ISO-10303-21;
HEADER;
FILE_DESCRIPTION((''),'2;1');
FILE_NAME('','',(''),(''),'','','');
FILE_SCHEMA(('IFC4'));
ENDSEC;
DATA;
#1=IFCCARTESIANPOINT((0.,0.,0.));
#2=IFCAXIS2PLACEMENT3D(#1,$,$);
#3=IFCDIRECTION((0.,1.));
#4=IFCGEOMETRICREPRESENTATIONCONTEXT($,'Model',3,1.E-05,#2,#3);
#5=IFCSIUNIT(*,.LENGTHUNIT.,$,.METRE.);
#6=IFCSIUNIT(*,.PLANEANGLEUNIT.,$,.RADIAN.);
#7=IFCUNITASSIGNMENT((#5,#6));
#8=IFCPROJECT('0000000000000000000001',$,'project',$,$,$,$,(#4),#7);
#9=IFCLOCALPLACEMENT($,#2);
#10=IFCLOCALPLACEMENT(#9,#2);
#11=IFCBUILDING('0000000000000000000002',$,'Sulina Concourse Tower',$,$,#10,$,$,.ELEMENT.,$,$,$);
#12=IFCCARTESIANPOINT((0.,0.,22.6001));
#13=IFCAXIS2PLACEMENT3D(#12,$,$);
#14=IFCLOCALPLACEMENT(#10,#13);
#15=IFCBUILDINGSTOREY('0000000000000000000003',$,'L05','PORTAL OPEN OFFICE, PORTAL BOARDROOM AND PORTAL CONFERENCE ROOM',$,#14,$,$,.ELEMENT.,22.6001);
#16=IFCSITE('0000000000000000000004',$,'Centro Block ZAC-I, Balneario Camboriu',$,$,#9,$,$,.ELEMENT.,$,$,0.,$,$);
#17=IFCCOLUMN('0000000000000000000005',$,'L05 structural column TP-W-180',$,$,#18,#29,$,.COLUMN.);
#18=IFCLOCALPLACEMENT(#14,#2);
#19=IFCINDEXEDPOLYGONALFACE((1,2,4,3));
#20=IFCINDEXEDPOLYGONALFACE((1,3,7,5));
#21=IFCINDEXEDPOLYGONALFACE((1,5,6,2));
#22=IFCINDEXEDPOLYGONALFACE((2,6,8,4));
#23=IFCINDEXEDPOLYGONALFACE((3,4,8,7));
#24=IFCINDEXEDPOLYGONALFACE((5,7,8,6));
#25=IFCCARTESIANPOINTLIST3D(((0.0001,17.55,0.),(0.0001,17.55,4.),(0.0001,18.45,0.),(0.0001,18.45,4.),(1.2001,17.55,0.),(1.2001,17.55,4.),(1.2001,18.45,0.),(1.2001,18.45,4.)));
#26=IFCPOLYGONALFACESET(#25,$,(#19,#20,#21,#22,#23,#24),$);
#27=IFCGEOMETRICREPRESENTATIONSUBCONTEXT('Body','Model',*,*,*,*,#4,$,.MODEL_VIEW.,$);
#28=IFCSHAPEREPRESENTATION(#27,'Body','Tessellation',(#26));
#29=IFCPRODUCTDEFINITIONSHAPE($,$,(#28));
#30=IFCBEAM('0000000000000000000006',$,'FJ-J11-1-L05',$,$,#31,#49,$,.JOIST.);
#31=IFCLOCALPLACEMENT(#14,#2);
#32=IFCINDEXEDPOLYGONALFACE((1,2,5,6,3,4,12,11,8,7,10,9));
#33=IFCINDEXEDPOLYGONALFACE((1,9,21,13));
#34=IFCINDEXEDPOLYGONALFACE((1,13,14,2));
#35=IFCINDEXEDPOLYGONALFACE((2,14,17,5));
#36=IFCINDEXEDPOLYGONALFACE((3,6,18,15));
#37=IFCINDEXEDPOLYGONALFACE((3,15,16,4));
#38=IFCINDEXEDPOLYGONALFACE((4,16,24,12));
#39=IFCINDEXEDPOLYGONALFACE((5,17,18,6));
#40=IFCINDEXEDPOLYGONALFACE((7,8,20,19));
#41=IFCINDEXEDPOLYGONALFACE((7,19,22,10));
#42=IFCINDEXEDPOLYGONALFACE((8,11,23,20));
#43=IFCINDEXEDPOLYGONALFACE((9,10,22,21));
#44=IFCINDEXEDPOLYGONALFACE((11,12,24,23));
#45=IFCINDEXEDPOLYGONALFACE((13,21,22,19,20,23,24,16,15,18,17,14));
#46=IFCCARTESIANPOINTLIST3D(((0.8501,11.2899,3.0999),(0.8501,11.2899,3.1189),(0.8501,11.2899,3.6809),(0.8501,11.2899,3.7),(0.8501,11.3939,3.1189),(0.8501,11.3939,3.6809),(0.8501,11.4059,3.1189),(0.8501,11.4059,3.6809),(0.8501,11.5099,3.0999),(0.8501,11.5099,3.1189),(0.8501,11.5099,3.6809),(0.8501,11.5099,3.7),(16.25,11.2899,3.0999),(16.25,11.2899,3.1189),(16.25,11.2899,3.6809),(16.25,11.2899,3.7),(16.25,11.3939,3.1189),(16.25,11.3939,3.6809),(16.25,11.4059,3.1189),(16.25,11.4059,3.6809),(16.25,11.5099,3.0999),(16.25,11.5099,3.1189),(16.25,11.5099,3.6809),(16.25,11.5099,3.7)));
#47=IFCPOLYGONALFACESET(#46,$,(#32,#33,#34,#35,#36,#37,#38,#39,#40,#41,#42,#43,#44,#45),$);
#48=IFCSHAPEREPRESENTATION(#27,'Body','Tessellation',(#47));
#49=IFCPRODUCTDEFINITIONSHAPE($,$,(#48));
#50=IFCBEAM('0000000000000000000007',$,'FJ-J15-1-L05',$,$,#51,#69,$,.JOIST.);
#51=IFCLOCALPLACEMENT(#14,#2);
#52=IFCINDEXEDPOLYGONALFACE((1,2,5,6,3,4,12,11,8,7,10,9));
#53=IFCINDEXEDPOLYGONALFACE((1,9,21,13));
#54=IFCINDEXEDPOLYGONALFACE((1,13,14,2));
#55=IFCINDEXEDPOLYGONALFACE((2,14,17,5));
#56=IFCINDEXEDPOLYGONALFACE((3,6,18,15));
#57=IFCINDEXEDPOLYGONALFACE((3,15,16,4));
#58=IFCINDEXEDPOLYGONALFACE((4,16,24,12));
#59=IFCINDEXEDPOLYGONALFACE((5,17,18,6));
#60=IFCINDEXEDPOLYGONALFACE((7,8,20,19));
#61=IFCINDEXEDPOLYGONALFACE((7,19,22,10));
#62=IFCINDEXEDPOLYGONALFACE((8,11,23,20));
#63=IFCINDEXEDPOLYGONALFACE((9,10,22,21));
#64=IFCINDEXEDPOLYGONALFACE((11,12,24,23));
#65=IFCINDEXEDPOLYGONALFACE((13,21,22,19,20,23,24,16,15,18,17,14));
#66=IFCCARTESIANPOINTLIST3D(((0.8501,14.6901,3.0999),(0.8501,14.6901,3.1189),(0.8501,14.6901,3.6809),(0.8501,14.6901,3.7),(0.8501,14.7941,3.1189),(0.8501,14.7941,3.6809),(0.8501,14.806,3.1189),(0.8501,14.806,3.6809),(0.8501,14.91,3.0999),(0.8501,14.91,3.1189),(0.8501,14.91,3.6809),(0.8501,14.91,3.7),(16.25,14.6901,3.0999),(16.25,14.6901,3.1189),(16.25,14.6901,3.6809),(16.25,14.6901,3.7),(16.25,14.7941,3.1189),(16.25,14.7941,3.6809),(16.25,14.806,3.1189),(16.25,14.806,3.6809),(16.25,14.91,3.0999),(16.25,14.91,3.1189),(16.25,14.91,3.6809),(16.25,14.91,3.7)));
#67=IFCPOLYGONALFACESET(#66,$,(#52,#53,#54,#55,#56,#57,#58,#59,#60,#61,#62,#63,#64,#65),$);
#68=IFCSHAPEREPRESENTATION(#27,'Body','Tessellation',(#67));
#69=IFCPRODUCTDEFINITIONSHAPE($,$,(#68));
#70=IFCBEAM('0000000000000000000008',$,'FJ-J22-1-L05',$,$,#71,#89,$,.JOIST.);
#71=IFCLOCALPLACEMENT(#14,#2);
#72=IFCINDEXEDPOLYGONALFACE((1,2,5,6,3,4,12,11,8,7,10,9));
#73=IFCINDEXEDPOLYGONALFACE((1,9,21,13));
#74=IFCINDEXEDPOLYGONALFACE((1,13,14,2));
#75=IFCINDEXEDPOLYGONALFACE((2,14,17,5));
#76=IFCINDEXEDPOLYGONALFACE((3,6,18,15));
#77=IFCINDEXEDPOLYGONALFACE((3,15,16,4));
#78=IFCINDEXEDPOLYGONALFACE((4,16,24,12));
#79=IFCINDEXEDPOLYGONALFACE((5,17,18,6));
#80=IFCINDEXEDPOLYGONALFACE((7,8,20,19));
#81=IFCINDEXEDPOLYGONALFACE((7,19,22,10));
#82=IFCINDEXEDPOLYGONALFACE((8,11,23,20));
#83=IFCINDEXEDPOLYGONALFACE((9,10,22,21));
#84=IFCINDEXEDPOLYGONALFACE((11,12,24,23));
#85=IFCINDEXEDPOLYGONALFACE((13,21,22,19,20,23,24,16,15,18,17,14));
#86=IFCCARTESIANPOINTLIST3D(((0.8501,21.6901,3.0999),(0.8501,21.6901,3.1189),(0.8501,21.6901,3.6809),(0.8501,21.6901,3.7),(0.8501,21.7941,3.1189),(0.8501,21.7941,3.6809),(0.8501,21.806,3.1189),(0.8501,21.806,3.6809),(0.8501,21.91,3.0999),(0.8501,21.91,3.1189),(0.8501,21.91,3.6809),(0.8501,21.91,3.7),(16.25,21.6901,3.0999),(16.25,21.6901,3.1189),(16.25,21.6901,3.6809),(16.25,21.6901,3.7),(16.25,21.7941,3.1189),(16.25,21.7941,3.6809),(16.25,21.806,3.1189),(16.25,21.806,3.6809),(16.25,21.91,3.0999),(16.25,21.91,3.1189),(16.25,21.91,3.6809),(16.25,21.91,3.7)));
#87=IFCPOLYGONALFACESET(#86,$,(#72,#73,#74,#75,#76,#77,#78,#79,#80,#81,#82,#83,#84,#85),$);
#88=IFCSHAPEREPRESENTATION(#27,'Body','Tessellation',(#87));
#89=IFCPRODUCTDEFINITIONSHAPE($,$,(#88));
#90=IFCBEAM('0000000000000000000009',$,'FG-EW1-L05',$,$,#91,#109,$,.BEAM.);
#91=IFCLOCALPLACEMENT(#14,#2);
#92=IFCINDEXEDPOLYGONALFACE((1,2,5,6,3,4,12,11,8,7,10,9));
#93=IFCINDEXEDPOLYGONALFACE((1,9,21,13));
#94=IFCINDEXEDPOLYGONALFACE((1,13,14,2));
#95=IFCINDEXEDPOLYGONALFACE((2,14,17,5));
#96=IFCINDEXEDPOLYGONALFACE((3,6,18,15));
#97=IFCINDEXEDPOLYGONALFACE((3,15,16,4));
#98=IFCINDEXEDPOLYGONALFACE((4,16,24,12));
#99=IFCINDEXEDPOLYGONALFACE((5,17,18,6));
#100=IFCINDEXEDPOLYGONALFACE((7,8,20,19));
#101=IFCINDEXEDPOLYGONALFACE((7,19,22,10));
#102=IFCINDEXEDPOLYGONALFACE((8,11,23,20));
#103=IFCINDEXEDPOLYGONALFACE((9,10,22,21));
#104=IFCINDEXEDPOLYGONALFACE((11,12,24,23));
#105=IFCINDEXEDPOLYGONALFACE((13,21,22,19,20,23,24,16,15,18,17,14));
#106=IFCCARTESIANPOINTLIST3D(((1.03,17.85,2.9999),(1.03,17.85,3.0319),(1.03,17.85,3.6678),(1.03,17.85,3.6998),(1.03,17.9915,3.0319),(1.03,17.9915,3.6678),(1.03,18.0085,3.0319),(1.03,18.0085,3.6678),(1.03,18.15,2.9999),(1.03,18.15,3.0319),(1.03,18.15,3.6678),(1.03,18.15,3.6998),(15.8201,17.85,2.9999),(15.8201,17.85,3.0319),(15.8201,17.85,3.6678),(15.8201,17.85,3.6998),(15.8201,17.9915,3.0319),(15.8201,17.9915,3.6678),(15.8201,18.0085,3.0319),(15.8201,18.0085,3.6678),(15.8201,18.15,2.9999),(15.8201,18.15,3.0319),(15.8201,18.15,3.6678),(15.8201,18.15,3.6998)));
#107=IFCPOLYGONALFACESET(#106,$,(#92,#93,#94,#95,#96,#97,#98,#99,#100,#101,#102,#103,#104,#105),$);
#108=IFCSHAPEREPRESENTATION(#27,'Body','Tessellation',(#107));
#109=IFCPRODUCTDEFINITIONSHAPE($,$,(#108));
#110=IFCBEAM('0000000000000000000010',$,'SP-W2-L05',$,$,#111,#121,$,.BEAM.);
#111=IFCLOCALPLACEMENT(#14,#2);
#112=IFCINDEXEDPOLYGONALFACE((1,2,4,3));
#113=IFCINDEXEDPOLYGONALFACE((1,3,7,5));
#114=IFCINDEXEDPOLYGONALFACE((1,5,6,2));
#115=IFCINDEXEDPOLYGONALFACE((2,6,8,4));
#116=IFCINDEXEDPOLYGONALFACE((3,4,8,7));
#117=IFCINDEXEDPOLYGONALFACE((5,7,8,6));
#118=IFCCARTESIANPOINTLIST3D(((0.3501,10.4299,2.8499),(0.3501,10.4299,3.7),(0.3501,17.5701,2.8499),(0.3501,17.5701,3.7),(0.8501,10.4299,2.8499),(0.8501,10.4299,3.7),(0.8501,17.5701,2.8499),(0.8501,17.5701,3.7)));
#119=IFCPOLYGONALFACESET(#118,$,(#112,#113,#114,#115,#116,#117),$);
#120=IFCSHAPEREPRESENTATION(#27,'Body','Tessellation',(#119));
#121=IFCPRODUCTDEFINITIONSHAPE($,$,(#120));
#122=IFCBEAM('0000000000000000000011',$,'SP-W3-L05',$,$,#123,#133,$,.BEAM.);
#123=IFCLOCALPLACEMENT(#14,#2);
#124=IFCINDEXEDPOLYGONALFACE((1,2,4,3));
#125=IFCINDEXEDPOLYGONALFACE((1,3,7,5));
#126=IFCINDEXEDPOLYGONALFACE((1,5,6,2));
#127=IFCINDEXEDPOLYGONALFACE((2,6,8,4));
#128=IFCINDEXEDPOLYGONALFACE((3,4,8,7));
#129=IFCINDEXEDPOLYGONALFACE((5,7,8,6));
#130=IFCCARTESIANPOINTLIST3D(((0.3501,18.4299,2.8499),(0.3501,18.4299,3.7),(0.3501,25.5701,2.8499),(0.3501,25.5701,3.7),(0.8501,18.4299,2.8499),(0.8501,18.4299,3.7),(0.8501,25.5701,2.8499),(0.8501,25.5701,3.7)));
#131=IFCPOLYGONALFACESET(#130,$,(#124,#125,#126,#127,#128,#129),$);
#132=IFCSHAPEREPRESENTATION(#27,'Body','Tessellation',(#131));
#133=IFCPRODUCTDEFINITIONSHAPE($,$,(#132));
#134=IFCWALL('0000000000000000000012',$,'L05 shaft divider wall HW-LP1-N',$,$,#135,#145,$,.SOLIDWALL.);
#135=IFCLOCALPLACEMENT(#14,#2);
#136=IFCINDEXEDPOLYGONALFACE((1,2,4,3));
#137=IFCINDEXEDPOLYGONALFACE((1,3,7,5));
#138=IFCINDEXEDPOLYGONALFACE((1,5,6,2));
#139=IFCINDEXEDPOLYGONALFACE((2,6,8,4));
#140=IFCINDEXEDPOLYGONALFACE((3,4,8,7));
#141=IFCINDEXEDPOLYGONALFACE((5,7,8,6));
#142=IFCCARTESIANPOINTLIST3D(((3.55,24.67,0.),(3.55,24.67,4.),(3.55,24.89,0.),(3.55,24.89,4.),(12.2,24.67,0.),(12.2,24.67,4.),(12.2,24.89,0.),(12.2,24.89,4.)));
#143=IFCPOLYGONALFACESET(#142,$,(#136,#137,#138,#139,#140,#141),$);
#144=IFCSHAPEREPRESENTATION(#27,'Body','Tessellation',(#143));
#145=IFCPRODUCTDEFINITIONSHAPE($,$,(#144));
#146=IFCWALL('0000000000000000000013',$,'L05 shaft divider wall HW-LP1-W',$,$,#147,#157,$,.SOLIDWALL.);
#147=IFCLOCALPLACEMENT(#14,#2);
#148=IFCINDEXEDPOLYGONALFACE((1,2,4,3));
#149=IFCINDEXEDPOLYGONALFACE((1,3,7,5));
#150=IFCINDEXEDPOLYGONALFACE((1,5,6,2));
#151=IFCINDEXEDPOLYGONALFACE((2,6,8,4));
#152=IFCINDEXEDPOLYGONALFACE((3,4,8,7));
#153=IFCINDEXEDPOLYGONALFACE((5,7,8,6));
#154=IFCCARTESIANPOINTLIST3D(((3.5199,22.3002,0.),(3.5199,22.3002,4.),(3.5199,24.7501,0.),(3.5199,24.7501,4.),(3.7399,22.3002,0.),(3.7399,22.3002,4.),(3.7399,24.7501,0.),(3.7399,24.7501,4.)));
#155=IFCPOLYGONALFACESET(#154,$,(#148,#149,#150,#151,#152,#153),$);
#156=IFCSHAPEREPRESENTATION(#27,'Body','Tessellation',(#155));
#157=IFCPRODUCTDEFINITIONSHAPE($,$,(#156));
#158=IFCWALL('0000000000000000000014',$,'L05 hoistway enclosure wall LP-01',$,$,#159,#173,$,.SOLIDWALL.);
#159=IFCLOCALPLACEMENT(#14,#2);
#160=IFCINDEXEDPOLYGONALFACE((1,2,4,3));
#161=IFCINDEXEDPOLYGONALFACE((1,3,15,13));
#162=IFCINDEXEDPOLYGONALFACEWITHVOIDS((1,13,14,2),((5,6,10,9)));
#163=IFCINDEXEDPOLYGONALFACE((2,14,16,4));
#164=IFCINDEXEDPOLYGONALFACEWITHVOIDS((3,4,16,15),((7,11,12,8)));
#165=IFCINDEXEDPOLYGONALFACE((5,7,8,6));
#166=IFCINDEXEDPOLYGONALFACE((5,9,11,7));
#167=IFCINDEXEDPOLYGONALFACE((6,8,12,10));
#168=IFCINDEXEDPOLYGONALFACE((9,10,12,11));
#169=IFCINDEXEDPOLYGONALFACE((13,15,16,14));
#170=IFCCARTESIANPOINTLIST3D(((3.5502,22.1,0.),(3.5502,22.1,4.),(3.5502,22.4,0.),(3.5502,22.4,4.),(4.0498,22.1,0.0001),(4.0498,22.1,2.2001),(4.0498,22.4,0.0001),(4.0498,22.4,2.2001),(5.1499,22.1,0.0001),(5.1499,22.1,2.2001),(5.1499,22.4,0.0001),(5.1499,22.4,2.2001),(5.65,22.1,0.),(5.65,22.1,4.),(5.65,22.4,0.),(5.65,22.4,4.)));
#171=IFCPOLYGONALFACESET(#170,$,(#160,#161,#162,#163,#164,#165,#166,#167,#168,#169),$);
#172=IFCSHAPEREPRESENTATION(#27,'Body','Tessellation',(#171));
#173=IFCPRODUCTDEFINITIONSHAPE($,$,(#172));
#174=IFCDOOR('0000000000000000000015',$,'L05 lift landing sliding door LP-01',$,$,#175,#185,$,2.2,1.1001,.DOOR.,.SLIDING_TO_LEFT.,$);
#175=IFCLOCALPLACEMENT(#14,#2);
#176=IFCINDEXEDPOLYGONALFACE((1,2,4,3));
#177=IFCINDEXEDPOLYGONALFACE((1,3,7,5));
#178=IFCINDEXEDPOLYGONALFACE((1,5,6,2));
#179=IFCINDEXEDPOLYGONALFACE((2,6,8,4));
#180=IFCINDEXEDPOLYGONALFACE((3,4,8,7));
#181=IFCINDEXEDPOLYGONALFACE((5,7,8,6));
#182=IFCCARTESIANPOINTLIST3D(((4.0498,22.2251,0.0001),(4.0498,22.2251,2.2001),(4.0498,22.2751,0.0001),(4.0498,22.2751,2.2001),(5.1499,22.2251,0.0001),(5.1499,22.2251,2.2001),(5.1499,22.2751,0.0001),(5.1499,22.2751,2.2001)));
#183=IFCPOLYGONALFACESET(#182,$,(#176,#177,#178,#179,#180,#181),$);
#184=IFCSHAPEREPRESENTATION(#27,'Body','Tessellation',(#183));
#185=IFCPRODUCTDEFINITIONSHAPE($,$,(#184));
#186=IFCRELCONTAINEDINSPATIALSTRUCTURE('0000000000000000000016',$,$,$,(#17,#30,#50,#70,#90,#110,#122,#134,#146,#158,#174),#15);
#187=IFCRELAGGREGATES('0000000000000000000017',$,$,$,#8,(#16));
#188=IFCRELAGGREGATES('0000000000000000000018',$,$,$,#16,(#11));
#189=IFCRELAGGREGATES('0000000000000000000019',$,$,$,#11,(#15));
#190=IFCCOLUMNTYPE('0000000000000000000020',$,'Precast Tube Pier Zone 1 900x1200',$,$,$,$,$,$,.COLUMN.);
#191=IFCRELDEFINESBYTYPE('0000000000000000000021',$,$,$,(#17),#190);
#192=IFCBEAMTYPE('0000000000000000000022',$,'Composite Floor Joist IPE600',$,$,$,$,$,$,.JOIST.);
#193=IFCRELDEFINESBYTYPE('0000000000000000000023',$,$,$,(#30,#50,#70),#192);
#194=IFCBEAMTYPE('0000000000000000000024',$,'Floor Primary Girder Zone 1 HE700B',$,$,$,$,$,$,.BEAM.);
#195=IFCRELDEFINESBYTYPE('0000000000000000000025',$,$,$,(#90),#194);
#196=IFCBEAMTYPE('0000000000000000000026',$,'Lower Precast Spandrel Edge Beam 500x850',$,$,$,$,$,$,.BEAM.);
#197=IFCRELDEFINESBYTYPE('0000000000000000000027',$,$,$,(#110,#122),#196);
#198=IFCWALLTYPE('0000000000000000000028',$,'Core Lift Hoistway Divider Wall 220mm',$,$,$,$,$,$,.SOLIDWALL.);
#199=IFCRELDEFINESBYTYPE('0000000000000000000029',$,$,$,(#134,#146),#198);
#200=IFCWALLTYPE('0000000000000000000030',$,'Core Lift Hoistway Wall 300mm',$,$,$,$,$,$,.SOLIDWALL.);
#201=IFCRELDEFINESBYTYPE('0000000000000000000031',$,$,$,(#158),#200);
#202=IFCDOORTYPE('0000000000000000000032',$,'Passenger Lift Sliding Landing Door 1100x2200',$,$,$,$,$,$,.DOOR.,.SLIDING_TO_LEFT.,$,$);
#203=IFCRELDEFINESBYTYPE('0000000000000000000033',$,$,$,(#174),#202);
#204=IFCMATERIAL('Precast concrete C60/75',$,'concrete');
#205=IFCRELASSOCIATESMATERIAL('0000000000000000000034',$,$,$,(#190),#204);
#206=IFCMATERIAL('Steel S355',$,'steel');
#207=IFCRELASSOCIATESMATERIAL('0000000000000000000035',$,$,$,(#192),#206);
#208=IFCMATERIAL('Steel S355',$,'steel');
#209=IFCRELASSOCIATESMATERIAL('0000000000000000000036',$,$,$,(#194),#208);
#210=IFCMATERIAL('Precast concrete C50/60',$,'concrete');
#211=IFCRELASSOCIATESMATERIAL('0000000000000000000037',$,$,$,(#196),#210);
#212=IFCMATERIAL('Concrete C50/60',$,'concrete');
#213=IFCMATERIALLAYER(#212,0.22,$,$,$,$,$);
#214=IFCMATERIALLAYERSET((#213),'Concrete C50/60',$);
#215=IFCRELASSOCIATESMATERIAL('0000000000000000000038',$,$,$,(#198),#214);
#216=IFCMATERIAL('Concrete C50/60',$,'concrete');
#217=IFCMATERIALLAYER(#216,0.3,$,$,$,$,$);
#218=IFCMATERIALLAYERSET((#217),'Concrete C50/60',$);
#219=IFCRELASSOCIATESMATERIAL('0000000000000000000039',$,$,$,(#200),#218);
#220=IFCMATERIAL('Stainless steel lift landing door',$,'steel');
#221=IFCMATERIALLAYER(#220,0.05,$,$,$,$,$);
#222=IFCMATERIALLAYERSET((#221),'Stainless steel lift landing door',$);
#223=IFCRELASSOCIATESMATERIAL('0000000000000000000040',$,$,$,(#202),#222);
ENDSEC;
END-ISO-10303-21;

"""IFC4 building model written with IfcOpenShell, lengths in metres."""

from ifc_helpers import new_model, si_unit, direction, frame, frame_2d, origin, origin_2d, place, context, subcontext, project, spatial, rectangle, i_section, extrude, material, layer, layer_set, material_profile, profile_set, type_object, element, fill, save


model = new_model("IFC4")

# Units and contexts
model_context = context("Model", 3, precision=1e-05, world=origin(), true_north=direction((0.0, 1.0)))
body_context = subcontext(model_context, "Body", "Model", "MODEL_VIEW")
ifc_project = project(units=[si_unit("LENGTHUNIT", "METRE"), si_unit("PLANEANGLEUNIT", "RADIAN")], contexts=[model_context])

# Site, building, storey
site_placement = place(None, origin())
site = spatial("IfcSite", under=ifc_project, at=site_placement, Name="Centro Block ZAC-I, Balneario Camboriu", CompositionType="ELEMENT", RefElevation=0.0)
building_placement = place(site_placement, origin())
building = spatial("IfcBuilding", under=site, at=building_placement, Name="Sulina Concourse Tower", CompositionType="ELEMENT")
storey_placement = place(building_placement, frame((0.0, 0.0, 22.6001)))
storey = spatial("IfcBuildingStorey", under=building, at=storey_placement, Name="L05", Description="PORTAL OPEN OFFICE, PORTAL BOARDROOM AND PORTAL CONFERENCE ROOM", CompositionType="ELEMENT", Elevation=22.6001)

# Column
ifc_material_1 = material(Name="Precast concrete C60/75", Category="concrete")
ifc_material_profile_1 = material_profile(ifc_material_1, rectangle(XDim=0.8999, YDim=1.2, at=origin_2d()), Name="PC 900x1200")
ifc_profile_set_1 = profile_set([ifc_material_profile_1], Name="Precast concrete C60/75")
column_type = type_object("IfcColumnType", Name="Precast Tube Pier Zone 1 900x1200", PredefinedType="COLUMN", material=ifc_profile_set_1)
column_placement = place(storey_placement, frame((0.6001, 18.0, 0.0), z_axis=(0.0, 0.0, 1.0), x_axis=(0.0, 1.0, 0.0)))
element("IfcColumn", 1, at=column_placement, inside=storey, type_object=column_type, Name="L05 structural column TP-W-180", PredefinedType="COLUMN", context=body_context, shape_type="SweptSolid", body=[
    extrude(rectangle(XDim=0.8999, YDim=1.2, at=origin_2d()), origin(), (0.0, 0.0, 1.0), 4.0),
])

# Beams
ifc_material_2 = material(Name="Steel S355", Category="steel")
ifc_material_profile_2 = material_profile(ifc_material_2, i_section(OverallWidth=0.22, OverallDepth=0.6001, WebThickness=0.012, FlangeThickness=0.019, at=origin_2d()), Name="IPE 600")
ifc_profile_set_2 = profile_set([ifc_material_profile_2], Name="Steel S355")
beam_type_1 = type_object("IfcBeamType", Name="Composite Floor Joist IPE600", PredefinedType="JOIST", material=ifc_profile_set_2)
for number, where, z_axis, x_axis, name in (
    (2, (0.8501, 11.3999, 3.3999), (1.0, 0.0, 0.0), (0.0, 1.0, 0.0), "FJ-J11-1-L05"),
    (3, (0.8501, 14.8, 3.3999), (1.0, 0.0, 0.0), (0.0, 1.0, 0.0), "FJ-J15-1-L05"),
    (4, (0.8501, 21.8, 3.3999), (1.0, 0.0, 0.0), (0.0, 1.0, 0.0), "FJ-J22-1-L05"),
):
    element("IfcBeam", number, at=place(storey_placement, frame(where, z_axis=z_axis, x_axis=x_axis)), inside=storey, type_object=beam_type_1, Name=name, PredefinedType="JOIST", context=body_context, shape_type="SweptSolid", body=[
        extrude(i_section(OverallWidth=0.22, OverallDepth=0.6001, WebThickness=0.012, FlangeThickness=0.019, at=origin_2d()), origin(), (0.0, 0.0, 1.0), 15.3999),
    ])
ifc_material_3 = material(Name="Steel S355", Category="steel")
ifc_material_profile_3 = material_profile(ifc_material_3, i_section(OverallWidth=0.3, OverallDepth=0.7, WebThickness=0.0171, FlangeThickness=0.032, at=origin_2d()), Name="HE 700 B")
ifc_profile_set_3 = profile_set([ifc_material_profile_3], Name="Steel S355")
beam_type_2 = type_object("IfcBeamType", Name="Floor Primary Girder Zone 1 HE700B", PredefinedType="BEAM", material=ifc_profile_set_3)
beam_placement = place(storey_placement, frame((1.03, 18.0, 3.3499), z_axis=(1.0, 0.0, 0.0), x_axis=(0.0, 1.0, 0.0)))
element("IfcBeam", 5, at=beam_placement, inside=storey, type_object=beam_type_2, Name="FG-EW1-L05", PredefinedType="BEAM", context=body_context, shape_type="SweptSolid", body=[
    extrude(i_section(OverallWidth=0.3, OverallDepth=0.7, WebThickness=0.0171, FlangeThickness=0.032, at=origin_2d()), origin(), (0.0, 0.0, 1.0), 14.79),
])
ifc_material_4 = material(Name="Precast concrete C50/60", Category="concrete")
ifc_material_profile_4 = material_profile(ifc_material_4, rectangle(XDim=0.5, YDim=0.8501, at=origin_2d()), Name="RC 500x850")
ifc_profile_set_4 = profile_set([ifc_material_profile_4], Name="Precast concrete C50/60")
beam_type_3 = type_object("IfcBeamType", Name="Lower Precast Spandrel Edge Beam 500x850", PredefinedType="BEAM", material=ifc_profile_set_4)
for number, where, z_axis, x_axis, name in (
    (6, (0.6001, 10.4299, 3.2749), (0.0, 1.0, 0.0), (-1.0, 0.0, 0.0), "SP-W2-L05"),
    (7, (0.6001, 18.4299, 3.2749), (0.0, 1.0, 0.0), (-1.0, 0.0, 0.0), "SP-W3-L05"),
):
    element("IfcBeam", number, at=place(storey_placement, frame(where, z_axis=z_axis, x_axis=x_axis)), inside=storey, type_object=beam_type_3, Name=name, PredefinedType="BEAM", context=body_context, shape_type="SweptSolid", body=[
        extrude(rectangle(XDim=0.5, YDim=0.8501, at=origin_2d()), origin(), (0.0, 0.0, 1.0), 7.1401),
    ])

# Walls
ifc_material_5 = material(Name="Concrete C50/60", Category="concrete")
ifc_layer_1 = layer(ifc_material_5, 0.22)
ifc_layer_set_1 = layer_set([ifc_layer_1], Name="Concrete C50/60")
wall_type_1 = type_object("IfcWallType", Name="Core Lift Hoistway Divider Wall 220mm", PredefinedType="SOLIDWALL", material=ifc_layer_set_1)
wall_1_placement = place(storey_placement, frame((3.55, 24.78, 0.0), z_axis=(0.0, 0.0, 1.0), x_axis=(1.0, 0.0, 0.0)))
element("IfcWall", 8, at=wall_1_placement, inside=storey, type_object=wall_type_1, Name="L05 shaft divider wall HW-LP1-N", PredefinedType="SOLIDWALL", context=body_context, shape_type="SweptSolid", body=[
    extrude(rectangle(XDim=8.6499, YDim=0.22, at=frame_2d((4.325, 0.0))), origin(), (0.0, 0.0, 1.0), 4.0),
])
wall_2_placement = place(storey_placement, frame((3.6299, 22.3, 0.0), z_axis=(0.0, 0.0, 1.0), x_axis=(0.0, 1.0, 0.0)))
element("IfcWall", 9, at=wall_2_placement, inside=storey, type_object=wall_type_1, Name="L05 shaft divider wall HW-LP1-W", PredefinedType="SOLIDWALL", context=body_context, shape_type="SweptSolid", body=[
    extrude(rectangle(XDim=2.45, YDim=0.22, at=frame_2d((1.2251, 0.0))), origin(), (0.0, 0.0, 1.0), 4.0),
])

# Wall, opening, door
ifc_material_6 = material(Name="Concrete C50/60", Category="concrete")
ifc_layer_2 = layer(ifc_material_6, 0.3)
ifc_layer_set_2 = layer_set([ifc_layer_2], Name="Concrete C50/60")
wall_type_2 = type_object("IfcWallType", Name="Core Lift Hoistway Wall 300mm", PredefinedType="SOLIDWALL", material=ifc_layer_set_2)
wall_3_placement = place(storey_placement, frame((5.6499, 22.25, 0.0), z_axis=(0.0, 0.0, 1.0), x_axis=(-1.0, 0.0, 0.0)))
wall_3 = element("IfcWall", 10, at=wall_3_placement, inside=storey, type_object=wall_type_2, Name="L05 hoistway enclosure wall LP-01", PredefinedType="SOLIDWALL", context=body_context, shape_type="SweptSolid", body=[
    extrude(rectangle(XDim=2.0999, YDim=0.3, at=frame_2d((1.0498, 0.0))), origin(), (0.0, 0.0, 1.0), 4.0),
])
opening_1_placement = place(wall_3_placement, frame((0.5, 0.0, 0.0)))
opening_1 = element("IfcOpeningElement", 11, at=opening_1_placement, cuts=wall_3, PredefinedType="OPENING", context=body_context, shape_type="SweptSolid", body=[
    extrude(rectangle(XDim=1.1001, YDim=2.2, at=frame_2d((0.55, 1.1001))), frame((0.0, 0.1599, 0.0), z_axis=(0.0, -1.0, 0.0), x_axis=(1.0, 0.0, 0.0)), (0.0, 0.0, 1.0), 0.3201),
])
ifc_material_7 = material(Name="Stainless steel lift landing door", Category="steel")
ifc_layer_3 = layer(ifc_material_7, 0.05)
ifc_layer_set_3 = layer_set([ifc_layer_3], Name="Stainless steel lift landing door")
door_type_1 = type_object("IfcDoorType", Name="Passenger Lift Sliding Landing Door 1100x2200", OperationType="SLIDING_TO_LEFT", PredefinedType="DOOR", material=ifc_layer_set_3)
door_1_placement = place(opening_1_placement, origin())
door_1 = element("IfcDoor", 12, at=door_1_placement, inside=storey, type_object=door_type_1, Name="L05 lift landing sliding door LP-01", OperationType="SLIDING_TO_LEFT", OverallHeight=2.2, OverallWidth=1.1001, PredefinedType="DOOR", context=body_context, shape_type="SweptSolid", body=[
    extrude(rectangle(XDim=1.1001, YDim=2.2, at=frame_2d((0.55, 1.1001))), frame((0.0, 0.0249, 0.0), z_axis=(0.0, -1.0, 0.0), x_axis=(1.0, 0.0, 0.0)), (0.0, 0.0, 1.0), 0.05),
])
fill(opening_1, door_1)

save(model, "model.ifc")
